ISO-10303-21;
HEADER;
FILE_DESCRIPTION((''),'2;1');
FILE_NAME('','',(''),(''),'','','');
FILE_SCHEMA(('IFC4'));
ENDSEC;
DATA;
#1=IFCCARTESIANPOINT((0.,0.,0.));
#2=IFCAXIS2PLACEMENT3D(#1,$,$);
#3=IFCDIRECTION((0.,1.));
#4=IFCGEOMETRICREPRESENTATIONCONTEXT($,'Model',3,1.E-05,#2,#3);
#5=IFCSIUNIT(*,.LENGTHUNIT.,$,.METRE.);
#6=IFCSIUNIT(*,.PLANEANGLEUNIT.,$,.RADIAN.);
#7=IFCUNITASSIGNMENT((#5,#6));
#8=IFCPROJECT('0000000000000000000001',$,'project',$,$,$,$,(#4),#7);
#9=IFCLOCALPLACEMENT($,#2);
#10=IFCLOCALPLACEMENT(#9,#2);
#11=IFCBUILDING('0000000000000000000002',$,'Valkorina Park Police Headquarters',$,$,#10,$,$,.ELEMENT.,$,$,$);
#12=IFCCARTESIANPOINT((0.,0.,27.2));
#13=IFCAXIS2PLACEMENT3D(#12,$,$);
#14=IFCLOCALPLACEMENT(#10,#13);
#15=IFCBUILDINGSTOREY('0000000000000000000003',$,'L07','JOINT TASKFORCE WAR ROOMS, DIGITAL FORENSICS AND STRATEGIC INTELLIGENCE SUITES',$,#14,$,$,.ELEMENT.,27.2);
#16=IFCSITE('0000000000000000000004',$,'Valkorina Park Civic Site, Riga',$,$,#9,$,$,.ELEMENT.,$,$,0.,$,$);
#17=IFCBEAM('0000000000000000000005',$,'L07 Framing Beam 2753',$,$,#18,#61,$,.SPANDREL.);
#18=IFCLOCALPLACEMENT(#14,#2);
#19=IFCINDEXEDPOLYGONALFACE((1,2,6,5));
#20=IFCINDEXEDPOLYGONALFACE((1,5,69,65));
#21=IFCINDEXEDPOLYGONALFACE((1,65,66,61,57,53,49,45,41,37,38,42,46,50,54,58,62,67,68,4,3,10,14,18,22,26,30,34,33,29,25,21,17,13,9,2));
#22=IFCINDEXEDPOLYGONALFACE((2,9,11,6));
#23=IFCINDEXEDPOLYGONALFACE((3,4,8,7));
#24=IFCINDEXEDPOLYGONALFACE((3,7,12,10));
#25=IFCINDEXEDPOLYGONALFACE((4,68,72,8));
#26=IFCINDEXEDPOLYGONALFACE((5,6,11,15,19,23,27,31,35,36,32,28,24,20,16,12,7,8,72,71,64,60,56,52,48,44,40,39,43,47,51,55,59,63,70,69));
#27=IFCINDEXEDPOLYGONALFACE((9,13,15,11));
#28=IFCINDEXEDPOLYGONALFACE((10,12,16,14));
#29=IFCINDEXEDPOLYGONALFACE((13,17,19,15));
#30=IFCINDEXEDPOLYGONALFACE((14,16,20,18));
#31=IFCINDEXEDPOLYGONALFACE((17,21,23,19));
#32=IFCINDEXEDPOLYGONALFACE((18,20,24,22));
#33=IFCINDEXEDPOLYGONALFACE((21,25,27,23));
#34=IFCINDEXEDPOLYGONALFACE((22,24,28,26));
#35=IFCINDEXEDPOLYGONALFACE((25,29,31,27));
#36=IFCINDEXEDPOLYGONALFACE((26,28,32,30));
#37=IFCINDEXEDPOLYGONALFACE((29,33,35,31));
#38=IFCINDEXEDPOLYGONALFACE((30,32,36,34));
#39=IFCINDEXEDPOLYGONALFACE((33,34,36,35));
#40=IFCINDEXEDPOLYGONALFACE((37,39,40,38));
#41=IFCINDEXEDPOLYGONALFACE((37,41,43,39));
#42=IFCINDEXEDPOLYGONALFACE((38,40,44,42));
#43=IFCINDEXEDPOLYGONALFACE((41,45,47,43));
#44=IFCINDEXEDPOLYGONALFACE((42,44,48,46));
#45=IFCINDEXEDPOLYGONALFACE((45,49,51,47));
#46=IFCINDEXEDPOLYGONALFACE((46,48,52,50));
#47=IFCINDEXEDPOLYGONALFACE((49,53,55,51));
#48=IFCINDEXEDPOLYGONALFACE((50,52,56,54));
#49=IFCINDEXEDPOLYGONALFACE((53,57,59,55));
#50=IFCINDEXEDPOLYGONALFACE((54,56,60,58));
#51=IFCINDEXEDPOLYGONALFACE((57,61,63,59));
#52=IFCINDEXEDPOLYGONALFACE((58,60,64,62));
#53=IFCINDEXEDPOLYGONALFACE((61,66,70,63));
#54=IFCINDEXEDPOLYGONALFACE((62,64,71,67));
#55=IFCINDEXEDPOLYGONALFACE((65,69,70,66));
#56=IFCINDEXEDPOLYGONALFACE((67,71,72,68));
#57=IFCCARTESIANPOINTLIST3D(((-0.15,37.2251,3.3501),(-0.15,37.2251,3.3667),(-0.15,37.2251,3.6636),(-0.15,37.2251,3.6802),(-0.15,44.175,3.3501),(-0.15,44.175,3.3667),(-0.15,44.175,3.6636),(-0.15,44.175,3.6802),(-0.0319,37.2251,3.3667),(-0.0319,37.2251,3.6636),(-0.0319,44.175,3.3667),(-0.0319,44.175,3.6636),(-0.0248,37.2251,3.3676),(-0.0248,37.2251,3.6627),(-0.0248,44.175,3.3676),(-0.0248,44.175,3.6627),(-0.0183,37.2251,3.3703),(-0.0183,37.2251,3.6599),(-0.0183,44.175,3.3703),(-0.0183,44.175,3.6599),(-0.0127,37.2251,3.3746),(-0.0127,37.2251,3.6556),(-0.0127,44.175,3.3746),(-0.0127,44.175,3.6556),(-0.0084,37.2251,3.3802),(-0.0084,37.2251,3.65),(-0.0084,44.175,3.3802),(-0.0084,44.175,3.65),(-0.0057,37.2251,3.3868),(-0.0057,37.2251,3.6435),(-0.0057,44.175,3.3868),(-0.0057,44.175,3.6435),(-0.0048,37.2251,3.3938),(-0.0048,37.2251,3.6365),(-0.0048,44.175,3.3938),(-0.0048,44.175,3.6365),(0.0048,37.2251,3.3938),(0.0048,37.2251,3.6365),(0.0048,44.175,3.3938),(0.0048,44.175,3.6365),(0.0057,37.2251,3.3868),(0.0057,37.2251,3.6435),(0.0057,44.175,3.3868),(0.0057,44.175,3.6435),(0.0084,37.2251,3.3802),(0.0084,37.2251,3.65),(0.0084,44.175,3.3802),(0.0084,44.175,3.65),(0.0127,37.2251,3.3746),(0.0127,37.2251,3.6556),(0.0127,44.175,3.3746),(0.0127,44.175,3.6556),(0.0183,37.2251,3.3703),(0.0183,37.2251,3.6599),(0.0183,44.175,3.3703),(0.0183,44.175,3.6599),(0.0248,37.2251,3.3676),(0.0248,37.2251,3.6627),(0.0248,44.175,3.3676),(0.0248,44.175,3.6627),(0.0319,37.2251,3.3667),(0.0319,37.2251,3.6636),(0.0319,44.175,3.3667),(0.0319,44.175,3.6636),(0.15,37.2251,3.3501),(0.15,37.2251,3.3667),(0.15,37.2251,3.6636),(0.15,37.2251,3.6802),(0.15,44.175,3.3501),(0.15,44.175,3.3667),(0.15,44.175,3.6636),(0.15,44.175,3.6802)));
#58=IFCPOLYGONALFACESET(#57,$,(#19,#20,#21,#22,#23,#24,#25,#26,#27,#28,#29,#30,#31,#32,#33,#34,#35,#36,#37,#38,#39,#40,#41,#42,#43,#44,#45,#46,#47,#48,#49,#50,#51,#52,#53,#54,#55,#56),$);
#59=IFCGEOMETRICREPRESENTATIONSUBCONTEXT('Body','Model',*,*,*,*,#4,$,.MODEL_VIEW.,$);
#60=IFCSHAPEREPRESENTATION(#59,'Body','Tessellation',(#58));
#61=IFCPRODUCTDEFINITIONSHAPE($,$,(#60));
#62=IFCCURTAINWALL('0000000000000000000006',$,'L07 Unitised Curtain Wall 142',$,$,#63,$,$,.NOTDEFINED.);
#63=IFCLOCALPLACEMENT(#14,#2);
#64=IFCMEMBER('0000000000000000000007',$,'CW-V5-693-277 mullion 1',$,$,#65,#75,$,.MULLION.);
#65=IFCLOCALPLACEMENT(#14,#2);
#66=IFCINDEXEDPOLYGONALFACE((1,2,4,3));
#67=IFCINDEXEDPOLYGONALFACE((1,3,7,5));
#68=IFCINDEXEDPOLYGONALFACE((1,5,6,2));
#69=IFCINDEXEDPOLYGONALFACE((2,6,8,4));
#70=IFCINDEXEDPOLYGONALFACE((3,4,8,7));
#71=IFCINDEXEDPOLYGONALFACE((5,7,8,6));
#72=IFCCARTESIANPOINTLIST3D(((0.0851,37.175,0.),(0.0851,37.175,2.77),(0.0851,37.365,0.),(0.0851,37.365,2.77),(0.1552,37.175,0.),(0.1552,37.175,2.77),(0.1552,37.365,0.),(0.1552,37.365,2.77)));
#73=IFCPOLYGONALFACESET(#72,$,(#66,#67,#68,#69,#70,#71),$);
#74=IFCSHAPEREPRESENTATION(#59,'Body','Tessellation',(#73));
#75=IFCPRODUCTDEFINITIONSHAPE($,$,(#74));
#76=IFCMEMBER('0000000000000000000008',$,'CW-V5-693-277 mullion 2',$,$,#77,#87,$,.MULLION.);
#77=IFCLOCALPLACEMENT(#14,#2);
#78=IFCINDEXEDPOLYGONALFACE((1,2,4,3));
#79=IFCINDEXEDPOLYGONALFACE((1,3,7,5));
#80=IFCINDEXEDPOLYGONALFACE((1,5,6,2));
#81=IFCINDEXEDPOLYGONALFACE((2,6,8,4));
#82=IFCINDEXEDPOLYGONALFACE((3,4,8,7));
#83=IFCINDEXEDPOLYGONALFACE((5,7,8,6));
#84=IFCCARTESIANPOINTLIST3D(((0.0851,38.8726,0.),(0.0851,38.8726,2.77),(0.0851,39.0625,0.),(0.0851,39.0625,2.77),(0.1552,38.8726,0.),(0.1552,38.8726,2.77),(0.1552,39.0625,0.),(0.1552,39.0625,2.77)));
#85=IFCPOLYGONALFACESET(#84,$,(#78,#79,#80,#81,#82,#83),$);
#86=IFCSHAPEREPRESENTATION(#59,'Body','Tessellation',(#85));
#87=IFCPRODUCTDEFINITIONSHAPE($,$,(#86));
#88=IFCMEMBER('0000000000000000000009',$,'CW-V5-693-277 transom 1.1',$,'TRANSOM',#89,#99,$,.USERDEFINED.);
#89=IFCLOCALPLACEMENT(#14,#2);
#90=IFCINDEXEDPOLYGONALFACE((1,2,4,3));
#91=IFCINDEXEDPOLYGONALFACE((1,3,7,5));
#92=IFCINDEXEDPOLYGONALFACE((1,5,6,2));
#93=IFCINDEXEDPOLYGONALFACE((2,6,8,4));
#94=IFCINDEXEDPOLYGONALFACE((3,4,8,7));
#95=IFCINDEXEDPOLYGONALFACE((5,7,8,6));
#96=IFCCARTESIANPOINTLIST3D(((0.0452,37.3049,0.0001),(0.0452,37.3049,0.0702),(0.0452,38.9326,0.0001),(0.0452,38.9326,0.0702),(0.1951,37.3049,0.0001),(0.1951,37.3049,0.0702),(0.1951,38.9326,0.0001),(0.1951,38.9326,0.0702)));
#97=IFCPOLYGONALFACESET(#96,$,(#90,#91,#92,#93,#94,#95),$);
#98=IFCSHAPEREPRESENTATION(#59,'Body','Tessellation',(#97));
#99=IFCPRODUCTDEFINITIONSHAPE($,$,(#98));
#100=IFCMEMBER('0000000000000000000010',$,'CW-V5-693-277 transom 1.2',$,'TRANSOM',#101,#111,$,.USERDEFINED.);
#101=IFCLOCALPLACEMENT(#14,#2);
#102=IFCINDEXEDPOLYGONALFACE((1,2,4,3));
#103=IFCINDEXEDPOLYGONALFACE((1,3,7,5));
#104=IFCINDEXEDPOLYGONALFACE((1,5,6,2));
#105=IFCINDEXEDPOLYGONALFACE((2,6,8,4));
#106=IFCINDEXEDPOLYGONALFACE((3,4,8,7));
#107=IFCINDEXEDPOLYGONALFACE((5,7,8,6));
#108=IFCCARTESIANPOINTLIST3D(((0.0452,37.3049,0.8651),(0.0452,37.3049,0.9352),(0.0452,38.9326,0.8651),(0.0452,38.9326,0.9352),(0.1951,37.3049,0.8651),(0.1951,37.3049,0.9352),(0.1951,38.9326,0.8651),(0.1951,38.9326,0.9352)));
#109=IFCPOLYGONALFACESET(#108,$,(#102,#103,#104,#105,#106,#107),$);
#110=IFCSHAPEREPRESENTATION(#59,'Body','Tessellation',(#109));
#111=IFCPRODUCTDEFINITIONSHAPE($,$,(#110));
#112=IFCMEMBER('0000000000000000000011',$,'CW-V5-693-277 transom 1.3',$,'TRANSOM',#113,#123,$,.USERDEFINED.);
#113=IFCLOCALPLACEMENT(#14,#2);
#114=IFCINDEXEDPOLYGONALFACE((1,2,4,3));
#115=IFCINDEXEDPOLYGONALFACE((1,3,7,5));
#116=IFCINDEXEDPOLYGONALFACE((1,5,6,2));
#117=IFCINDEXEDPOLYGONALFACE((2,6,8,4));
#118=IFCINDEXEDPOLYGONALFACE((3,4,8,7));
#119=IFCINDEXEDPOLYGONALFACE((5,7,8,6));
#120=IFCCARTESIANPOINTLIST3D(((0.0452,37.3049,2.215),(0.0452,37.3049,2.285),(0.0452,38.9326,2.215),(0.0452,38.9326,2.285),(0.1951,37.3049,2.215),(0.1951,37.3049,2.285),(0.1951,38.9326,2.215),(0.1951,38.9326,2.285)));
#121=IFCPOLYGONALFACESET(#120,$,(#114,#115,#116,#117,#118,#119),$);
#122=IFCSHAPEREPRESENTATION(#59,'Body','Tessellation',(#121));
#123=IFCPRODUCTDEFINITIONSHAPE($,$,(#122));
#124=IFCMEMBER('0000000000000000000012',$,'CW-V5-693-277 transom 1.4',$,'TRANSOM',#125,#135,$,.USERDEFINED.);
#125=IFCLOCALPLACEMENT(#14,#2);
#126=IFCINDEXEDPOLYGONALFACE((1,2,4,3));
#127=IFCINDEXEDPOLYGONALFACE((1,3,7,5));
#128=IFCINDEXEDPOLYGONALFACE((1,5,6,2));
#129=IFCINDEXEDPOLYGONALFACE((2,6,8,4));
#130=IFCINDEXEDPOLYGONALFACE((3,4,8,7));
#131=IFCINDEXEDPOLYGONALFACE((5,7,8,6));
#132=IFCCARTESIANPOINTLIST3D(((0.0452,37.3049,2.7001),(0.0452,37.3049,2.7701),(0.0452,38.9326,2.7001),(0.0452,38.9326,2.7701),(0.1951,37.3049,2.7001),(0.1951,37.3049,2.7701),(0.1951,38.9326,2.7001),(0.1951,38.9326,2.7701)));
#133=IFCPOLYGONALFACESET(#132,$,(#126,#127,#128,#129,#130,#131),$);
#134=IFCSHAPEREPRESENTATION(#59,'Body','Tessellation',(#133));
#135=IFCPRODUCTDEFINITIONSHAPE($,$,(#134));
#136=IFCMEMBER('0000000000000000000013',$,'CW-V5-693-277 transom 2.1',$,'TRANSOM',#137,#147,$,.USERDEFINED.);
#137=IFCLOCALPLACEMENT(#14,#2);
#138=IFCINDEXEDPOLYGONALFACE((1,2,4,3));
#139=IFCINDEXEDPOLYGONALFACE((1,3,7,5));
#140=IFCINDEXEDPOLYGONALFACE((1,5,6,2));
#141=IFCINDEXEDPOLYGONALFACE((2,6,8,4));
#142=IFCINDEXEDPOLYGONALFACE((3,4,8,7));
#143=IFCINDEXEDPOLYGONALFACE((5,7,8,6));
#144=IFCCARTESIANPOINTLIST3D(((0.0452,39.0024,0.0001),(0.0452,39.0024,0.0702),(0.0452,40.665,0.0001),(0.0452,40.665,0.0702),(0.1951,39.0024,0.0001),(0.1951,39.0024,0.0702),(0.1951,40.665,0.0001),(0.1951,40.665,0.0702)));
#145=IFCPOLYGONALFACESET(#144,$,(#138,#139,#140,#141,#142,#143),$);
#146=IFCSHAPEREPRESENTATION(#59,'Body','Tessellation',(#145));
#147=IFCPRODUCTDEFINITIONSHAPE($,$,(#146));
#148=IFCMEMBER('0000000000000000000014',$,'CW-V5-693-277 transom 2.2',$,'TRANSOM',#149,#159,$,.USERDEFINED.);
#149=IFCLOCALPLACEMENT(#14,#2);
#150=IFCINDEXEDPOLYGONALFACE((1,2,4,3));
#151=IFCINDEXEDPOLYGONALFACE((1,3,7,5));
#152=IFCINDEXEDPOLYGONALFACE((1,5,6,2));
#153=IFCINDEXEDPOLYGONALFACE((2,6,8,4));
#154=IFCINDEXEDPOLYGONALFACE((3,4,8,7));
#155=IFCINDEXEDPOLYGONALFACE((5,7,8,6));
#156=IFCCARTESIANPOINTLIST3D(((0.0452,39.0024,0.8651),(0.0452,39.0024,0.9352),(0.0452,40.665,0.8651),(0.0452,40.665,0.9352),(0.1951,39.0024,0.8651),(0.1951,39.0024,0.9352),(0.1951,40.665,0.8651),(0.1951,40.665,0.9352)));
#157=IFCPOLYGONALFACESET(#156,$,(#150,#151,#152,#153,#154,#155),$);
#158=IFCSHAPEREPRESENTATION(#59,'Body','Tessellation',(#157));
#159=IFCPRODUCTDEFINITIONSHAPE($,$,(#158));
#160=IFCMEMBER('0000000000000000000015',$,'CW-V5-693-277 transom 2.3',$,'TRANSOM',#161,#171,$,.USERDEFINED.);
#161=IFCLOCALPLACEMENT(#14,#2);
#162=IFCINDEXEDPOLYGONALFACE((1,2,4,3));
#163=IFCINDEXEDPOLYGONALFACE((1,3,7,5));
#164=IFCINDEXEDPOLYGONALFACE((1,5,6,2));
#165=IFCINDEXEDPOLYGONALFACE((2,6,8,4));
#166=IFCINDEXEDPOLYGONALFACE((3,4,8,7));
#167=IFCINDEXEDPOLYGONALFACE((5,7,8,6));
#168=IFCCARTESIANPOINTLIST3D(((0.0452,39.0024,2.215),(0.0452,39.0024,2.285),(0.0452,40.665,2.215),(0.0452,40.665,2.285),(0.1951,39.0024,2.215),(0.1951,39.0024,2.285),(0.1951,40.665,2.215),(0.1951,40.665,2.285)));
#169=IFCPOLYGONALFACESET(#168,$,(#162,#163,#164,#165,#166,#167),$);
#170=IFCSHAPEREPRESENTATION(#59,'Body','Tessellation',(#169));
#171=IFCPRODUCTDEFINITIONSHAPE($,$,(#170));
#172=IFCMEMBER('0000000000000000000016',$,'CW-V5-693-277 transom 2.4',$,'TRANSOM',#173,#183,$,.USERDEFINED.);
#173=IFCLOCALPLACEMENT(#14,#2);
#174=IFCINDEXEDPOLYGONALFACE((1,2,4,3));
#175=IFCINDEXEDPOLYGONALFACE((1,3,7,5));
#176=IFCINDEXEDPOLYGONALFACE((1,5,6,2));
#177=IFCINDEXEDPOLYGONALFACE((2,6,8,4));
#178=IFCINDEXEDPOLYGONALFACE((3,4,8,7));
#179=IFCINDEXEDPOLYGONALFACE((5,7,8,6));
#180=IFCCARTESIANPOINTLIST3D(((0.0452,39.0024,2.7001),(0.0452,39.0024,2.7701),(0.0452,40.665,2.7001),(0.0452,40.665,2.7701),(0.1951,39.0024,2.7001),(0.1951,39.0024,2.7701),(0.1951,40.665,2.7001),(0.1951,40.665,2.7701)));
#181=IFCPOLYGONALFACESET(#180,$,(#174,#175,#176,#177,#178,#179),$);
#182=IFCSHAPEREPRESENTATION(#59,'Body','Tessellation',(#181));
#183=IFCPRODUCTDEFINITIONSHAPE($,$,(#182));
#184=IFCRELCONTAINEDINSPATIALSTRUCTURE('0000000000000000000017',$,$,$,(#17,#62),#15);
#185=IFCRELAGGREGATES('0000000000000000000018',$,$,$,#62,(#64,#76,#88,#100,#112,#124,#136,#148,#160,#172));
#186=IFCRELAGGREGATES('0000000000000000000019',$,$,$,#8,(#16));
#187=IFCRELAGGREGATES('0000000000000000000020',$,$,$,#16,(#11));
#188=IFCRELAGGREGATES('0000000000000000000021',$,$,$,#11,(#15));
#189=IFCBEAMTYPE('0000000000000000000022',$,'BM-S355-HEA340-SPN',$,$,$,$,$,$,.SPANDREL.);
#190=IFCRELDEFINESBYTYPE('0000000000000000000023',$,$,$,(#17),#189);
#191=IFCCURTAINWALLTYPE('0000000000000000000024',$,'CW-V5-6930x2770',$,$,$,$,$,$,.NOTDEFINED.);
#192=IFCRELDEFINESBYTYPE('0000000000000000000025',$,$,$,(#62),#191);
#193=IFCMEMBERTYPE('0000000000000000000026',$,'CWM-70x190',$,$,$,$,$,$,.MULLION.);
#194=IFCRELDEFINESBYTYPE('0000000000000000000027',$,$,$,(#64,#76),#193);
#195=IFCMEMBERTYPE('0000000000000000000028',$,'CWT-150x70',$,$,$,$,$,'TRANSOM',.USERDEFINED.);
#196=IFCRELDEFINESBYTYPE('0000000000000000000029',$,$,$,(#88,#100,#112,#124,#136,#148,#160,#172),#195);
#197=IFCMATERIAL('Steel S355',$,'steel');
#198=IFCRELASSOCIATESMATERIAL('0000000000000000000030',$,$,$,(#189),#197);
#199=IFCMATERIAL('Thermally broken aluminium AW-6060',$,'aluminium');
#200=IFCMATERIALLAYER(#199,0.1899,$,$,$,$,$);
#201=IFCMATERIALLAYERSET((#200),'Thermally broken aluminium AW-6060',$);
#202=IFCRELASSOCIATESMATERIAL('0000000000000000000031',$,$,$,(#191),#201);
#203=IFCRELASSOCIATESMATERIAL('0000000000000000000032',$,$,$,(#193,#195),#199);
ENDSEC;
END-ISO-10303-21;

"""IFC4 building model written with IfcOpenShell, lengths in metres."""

from ifc_helpers import new_model, si_unit, direction, frame, origin, origin_2d, place, context, subcontext, project, spatial, rectangle, i_section, extrude, material, layer, layer_set, material_profile, profile_set, type_object, element, aggregate, save


model = new_model("IFC4")

# Units and contexts
model_context = context("Model", 3, precision=1e-05, world=origin(), true_north=direction((0.0, 1.0)))
body_context = subcontext(model_context, "Body", "Model", "MODEL_VIEW")
ifc_project = project(units=[si_unit("LENGTHUNIT", "METRE"), si_unit("PLANEANGLEUNIT", "RADIAN")], contexts=[model_context])

# Site, building, storey
site_placement = place(None, origin())
site = spatial("IfcSite", under=ifc_project, at=site_placement, Name="Valkorina Park Civic Site, Riga", CompositionType="ELEMENT", RefElevation=0.0)
building_placement = place(site_placement, origin())
building = spatial("IfcBuilding", under=site, at=building_placement, Name="Valkorina Park Police Headquarters", CompositionType="ELEMENT")
storey_placement = place(building_placement, frame((0.0, 0.0, 27.2)))
storey = spatial("IfcBuildingStorey", under=building, at=storey_placement, Name="L07", Description="JOINT TASKFORCE WAR ROOMS, DIGITAL FORENSICS AND STRATEGIC INTELLIGENCE SUITES", CompositionType="ELEMENT", Elevation=27.2)

# Beam
ifc_material_1 = material(Name="Steel S355", Category="steel")
ifc_material_profile_1 = material_profile(ifc_material_1, i_section(OverallWidth=0.3, OverallDepth=0.3301, WebThickness=0.0095, FlangeThickness=0.0166, FilletRadius=0.0271, at=origin_2d()), Name="HEA 340")
ifc_profile_set_1 = profile_set([ifc_material_profile_1], Name="Steel S355")
beam_type = type_object("IfcBeamType", Name="BM-S355-HEA340-SPN", PredefinedType="SPANDREL", material=ifc_profile_set_1)
beam_placement = place(storey_placement, frame((0.0, 37.2251, 3.5151), z_axis=(0.0, 1.0, 0.0), x_axis=(-1.0, 0.0, 0.0)))
element("IfcBeam", 1, at=beam_placement, inside=storey, type_object=beam_type, Name="L07 Framing Beam 2753", PredefinedType="SPANDREL", context=body_context, shape_type="SweptSolid", body=[
    extrude(i_section(OverallWidth=0.3, OverallDepth=0.3301, WebThickness=0.0095, FlangeThickness=0.0166, FilletRadius=0.0271, at=origin_2d()), origin(), (0.0, 0.0, 1.0), 6.95),
])

# Curtain wall, members
ifc_material_2 = material(Name="Thermally broken aluminium AW-6060", Category="aluminium")
ifc_layer_1 = layer(ifc_material_2, 0.1899)
ifc_layer_set_1 = layer_set([ifc_layer_1], Name="Thermally broken aluminium AW-6060")
curtain_wall_type = type_object("IfcCurtainWallType", Name="CW-V5-6930x2770", PredefinedType="NOTDEFINED", material=ifc_layer_set_1)
curtain_wall_placement = place(storey_placement, origin())
curtain_wall = element("IfcCurtainWall", 2, at=curtain_wall_placement, inside=storey, type_object=curtain_wall_type, Name="L07 Unitised Curtain Wall 142", PredefinedType="NOTDEFINED")
ifc_material_profile_2 = material_profile(ifc_material_2, rectangle(XDim=0.0701, YDim=0.1899, at=origin_2d()), Name="CWM-02 70x190")
ifc_profile_set_2 = profile_set([ifc_material_profile_2], Name="Thermally broken aluminium AW-6060")
member_type_1 = type_object("IfcMemberType", Name="CWM-70x190", PredefinedType="MULLION", material=ifc_profile_set_2)
member_1_placement = place(storey_placement, frame((0.1201, 37.27, 0.0), z_axis=(0.0, 0.0, 1.0), x_axis=(-1.0, 0.0, 0.0)))
member_1 = element("IfcMember", 3, at=member_1_placement, type_object=member_type_1, Name="CW-V5-693-277 mullion 1", PredefinedType="MULLION", context=body_context, shape_type="SweptSolid", body=[
    extrude(rectangle(XDim=0.0701, YDim=0.1899, at=origin_2d()), origin(), (0.0, 0.0, 1.0), 2.77),
])
member_2_placement = place(storey_placement, frame((0.1201, 38.9675, 0.0), z_axis=(0.0, 0.0, 1.0), x_axis=(-1.0, 0.0, 0.0)))
member_2 = element("IfcMember", 4, at=member_2_placement, type_object=member_type_1, Name="CW-V5-693-277 mullion 2", PredefinedType="MULLION", context=body_context, shape_type="SweptSolid", body=[
    extrude(rectangle(XDim=0.0701, YDim=0.1899, at=origin_2d()), origin(), (0.0, 0.0, 1.0), 2.77),
])
ifc_material_profile_3 = material_profile(ifc_material_2, rectangle(XDim=0.1499, YDim=0.0701, at=origin_2d()), Name="CWT-02 150x70")
ifc_profile_set_3 = profile_set([ifc_material_profile_3], Name="Thermally broken aluminium AW-6060")
member_type_2 = type_object("IfcMemberType", Name="CWT-150x70", ElementType="TRANSOM", PredefinedType="USERDEFINED", material=ifc_profile_set_3)
member_3_placement = place(storey_placement, frame((0.1201, 37.3049, 0.0352), z_axis=(0.0, 1.0, 0.0), x_axis=(-1.0, 0.0, 0.0)))
member_3 = element("IfcMember", 5, at=member_3_placement, type_object=member_type_2, Name="CW-V5-693-277 transom 1.1", ObjectType="TRANSOM", PredefinedType="USERDEFINED", context=body_context, shape_type="SweptSolid", body=[
    extrude(rectangle(XDim=0.1499, YDim=0.0701, at=origin_2d()), origin(), (0.0, 0.0, 1.0), 1.6277),
])
member_4_placement = place(storey_placement, frame((0.1201, 37.3049, 0.9001), z_axis=(0.0, 1.0, 0.0), x_axis=(-1.0, 0.0, 0.0)))
member_4 = element("IfcMember", 6, at=member_4_placement, type_object=member_type_2, Name="CW-V5-693-277 transom 1.2", ObjectType="TRANSOM", PredefinedType="USERDEFINED", context=body_context, shape_type="SweptSolid", body=[
    extrude(rectangle(XDim=0.1499, YDim=0.0701, at=origin_2d()), origin(), (0.0, 0.0, 1.0), 1.6277),
])
member_5_placement = place(storey_placement, frame((0.1201, 37.3049, 2.25), z_axis=(0.0, 1.0, 0.0), x_axis=(-1.0, 0.0, 0.0)))
member_5 = element("IfcMember", 7, at=member_5_placement, type_object=member_type_2, Name="CW-V5-693-277 transom 1.3", ObjectType="TRANSOM", PredefinedType="USERDEFINED", context=body_context, shape_type="SweptSolid", body=[
    extrude(rectangle(XDim=0.1499, YDim=0.0701, at=origin_2d()), origin(), (0.0, 0.0, 1.0), 1.6277),
])
member_6_placement = place(storey_placement, frame((0.1201, 37.3049, 2.7351), z_axis=(0.0, 1.0, 0.0), x_axis=(-1.0, 0.0, 0.0)))
member_6 = element("IfcMember", 8, at=member_6_placement, type_object=member_type_2, Name="CW-V5-693-277 transom 1.4", ObjectType="TRANSOM", PredefinedType="USERDEFINED", context=body_context, shape_type="SweptSolid", body=[
    extrude(rectangle(XDim=0.1499, YDim=0.0701, at=origin_2d()), origin(), (0.0, 0.0, 1.0), 1.6277),
])
member_7_placement = place(storey_placement, frame((0.1201, 39.0024, 0.0352), z_axis=(0.0, 1.0, 0.0), x_axis=(-1.0, 0.0, 0.0)))
member_7 = element("IfcMember", 9, at=member_7_placement, type_object=member_type_2, Name="CW-V5-693-277 transom 2.1", ObjectType="TRANSOM", PredefinedType="USERDEFINED", context=body_context, shape_type="SweptSolid", body=[
    extrude(rectangle(XDim=0.1499, YDim=0.0701, at=origin_2d()), origin(), (0.0, 0.0, 1.0), 1.6626),
])
member_8_placement = place(storey_placement, frame((0.1201, 39.0024, 0.9001), z_axis=(0.0, 1.0, 0.0), x_axis=(-1.0, 0.0, 0.0)))
member_8 = element("IfcMember", 10, at=member_8_placement, type_object=member_type_2, Name="CW-V5-693-277 transom 2.2", ObjectType="TRANSOM", PredefinedType="USERDEFINED", context=body_context, shape_type="SweptSolid", body=[
    extrude(rectangle(XDim=0.1499, YDim=0.0701, at=origin_2d()), origin(), (0.0, 0.0, 1.0), 1.6626),
])
member_9_placement = place(storey_placement, frame((0.1201, 39.0024, 2.25), z_axis=(0.0, 1.0, 0.0), x_axis=(-1.0, 0.0, 0.0)))
member_9 = element("IfcMember", 11, at=member_9_placement, type_object=member_type_2, Name="CW-V5-693-277 transom 2.3", ObjectType="TRANSOM", PredefinedType="USERDEFINED", context=body_context, shape_type="SweptSolid", body=[
    extrude(rectangle(XDim=0.1499, YDim=0.0701, at=origin_2d()), origin(), (0.0, 0.0, 1.0), 1.6626),
])
member_10_placement = place(storey_placement, frame((0.1201, 39.0024, 2.7351), z_axis=(0.0, 1.0, 0.0), x_axis=(-1.0, 0.0, 0.0)))
member_10 = element("IfcMember", 12, at=member_10_placement, type_object=member_type_2, Name="CW-V5-693-277 transom 2.4", ObjectType="TRANSOM", PredefinedType="USERDEFINED", context=body_context, shape_type="SweptSolid", body=[
    extrude(rectangle(XDim=0.1499, YDim=0.0701, at=origin_2d()), origin(), (0.0, 0.0, 1.0), 1.6626),
])
aggregate(curtain_wall, [member_1, member_2, member_3, member_4, member_5, member_6, member_7, member_8, member_9, member_10])

save(model, "model.ifc")
